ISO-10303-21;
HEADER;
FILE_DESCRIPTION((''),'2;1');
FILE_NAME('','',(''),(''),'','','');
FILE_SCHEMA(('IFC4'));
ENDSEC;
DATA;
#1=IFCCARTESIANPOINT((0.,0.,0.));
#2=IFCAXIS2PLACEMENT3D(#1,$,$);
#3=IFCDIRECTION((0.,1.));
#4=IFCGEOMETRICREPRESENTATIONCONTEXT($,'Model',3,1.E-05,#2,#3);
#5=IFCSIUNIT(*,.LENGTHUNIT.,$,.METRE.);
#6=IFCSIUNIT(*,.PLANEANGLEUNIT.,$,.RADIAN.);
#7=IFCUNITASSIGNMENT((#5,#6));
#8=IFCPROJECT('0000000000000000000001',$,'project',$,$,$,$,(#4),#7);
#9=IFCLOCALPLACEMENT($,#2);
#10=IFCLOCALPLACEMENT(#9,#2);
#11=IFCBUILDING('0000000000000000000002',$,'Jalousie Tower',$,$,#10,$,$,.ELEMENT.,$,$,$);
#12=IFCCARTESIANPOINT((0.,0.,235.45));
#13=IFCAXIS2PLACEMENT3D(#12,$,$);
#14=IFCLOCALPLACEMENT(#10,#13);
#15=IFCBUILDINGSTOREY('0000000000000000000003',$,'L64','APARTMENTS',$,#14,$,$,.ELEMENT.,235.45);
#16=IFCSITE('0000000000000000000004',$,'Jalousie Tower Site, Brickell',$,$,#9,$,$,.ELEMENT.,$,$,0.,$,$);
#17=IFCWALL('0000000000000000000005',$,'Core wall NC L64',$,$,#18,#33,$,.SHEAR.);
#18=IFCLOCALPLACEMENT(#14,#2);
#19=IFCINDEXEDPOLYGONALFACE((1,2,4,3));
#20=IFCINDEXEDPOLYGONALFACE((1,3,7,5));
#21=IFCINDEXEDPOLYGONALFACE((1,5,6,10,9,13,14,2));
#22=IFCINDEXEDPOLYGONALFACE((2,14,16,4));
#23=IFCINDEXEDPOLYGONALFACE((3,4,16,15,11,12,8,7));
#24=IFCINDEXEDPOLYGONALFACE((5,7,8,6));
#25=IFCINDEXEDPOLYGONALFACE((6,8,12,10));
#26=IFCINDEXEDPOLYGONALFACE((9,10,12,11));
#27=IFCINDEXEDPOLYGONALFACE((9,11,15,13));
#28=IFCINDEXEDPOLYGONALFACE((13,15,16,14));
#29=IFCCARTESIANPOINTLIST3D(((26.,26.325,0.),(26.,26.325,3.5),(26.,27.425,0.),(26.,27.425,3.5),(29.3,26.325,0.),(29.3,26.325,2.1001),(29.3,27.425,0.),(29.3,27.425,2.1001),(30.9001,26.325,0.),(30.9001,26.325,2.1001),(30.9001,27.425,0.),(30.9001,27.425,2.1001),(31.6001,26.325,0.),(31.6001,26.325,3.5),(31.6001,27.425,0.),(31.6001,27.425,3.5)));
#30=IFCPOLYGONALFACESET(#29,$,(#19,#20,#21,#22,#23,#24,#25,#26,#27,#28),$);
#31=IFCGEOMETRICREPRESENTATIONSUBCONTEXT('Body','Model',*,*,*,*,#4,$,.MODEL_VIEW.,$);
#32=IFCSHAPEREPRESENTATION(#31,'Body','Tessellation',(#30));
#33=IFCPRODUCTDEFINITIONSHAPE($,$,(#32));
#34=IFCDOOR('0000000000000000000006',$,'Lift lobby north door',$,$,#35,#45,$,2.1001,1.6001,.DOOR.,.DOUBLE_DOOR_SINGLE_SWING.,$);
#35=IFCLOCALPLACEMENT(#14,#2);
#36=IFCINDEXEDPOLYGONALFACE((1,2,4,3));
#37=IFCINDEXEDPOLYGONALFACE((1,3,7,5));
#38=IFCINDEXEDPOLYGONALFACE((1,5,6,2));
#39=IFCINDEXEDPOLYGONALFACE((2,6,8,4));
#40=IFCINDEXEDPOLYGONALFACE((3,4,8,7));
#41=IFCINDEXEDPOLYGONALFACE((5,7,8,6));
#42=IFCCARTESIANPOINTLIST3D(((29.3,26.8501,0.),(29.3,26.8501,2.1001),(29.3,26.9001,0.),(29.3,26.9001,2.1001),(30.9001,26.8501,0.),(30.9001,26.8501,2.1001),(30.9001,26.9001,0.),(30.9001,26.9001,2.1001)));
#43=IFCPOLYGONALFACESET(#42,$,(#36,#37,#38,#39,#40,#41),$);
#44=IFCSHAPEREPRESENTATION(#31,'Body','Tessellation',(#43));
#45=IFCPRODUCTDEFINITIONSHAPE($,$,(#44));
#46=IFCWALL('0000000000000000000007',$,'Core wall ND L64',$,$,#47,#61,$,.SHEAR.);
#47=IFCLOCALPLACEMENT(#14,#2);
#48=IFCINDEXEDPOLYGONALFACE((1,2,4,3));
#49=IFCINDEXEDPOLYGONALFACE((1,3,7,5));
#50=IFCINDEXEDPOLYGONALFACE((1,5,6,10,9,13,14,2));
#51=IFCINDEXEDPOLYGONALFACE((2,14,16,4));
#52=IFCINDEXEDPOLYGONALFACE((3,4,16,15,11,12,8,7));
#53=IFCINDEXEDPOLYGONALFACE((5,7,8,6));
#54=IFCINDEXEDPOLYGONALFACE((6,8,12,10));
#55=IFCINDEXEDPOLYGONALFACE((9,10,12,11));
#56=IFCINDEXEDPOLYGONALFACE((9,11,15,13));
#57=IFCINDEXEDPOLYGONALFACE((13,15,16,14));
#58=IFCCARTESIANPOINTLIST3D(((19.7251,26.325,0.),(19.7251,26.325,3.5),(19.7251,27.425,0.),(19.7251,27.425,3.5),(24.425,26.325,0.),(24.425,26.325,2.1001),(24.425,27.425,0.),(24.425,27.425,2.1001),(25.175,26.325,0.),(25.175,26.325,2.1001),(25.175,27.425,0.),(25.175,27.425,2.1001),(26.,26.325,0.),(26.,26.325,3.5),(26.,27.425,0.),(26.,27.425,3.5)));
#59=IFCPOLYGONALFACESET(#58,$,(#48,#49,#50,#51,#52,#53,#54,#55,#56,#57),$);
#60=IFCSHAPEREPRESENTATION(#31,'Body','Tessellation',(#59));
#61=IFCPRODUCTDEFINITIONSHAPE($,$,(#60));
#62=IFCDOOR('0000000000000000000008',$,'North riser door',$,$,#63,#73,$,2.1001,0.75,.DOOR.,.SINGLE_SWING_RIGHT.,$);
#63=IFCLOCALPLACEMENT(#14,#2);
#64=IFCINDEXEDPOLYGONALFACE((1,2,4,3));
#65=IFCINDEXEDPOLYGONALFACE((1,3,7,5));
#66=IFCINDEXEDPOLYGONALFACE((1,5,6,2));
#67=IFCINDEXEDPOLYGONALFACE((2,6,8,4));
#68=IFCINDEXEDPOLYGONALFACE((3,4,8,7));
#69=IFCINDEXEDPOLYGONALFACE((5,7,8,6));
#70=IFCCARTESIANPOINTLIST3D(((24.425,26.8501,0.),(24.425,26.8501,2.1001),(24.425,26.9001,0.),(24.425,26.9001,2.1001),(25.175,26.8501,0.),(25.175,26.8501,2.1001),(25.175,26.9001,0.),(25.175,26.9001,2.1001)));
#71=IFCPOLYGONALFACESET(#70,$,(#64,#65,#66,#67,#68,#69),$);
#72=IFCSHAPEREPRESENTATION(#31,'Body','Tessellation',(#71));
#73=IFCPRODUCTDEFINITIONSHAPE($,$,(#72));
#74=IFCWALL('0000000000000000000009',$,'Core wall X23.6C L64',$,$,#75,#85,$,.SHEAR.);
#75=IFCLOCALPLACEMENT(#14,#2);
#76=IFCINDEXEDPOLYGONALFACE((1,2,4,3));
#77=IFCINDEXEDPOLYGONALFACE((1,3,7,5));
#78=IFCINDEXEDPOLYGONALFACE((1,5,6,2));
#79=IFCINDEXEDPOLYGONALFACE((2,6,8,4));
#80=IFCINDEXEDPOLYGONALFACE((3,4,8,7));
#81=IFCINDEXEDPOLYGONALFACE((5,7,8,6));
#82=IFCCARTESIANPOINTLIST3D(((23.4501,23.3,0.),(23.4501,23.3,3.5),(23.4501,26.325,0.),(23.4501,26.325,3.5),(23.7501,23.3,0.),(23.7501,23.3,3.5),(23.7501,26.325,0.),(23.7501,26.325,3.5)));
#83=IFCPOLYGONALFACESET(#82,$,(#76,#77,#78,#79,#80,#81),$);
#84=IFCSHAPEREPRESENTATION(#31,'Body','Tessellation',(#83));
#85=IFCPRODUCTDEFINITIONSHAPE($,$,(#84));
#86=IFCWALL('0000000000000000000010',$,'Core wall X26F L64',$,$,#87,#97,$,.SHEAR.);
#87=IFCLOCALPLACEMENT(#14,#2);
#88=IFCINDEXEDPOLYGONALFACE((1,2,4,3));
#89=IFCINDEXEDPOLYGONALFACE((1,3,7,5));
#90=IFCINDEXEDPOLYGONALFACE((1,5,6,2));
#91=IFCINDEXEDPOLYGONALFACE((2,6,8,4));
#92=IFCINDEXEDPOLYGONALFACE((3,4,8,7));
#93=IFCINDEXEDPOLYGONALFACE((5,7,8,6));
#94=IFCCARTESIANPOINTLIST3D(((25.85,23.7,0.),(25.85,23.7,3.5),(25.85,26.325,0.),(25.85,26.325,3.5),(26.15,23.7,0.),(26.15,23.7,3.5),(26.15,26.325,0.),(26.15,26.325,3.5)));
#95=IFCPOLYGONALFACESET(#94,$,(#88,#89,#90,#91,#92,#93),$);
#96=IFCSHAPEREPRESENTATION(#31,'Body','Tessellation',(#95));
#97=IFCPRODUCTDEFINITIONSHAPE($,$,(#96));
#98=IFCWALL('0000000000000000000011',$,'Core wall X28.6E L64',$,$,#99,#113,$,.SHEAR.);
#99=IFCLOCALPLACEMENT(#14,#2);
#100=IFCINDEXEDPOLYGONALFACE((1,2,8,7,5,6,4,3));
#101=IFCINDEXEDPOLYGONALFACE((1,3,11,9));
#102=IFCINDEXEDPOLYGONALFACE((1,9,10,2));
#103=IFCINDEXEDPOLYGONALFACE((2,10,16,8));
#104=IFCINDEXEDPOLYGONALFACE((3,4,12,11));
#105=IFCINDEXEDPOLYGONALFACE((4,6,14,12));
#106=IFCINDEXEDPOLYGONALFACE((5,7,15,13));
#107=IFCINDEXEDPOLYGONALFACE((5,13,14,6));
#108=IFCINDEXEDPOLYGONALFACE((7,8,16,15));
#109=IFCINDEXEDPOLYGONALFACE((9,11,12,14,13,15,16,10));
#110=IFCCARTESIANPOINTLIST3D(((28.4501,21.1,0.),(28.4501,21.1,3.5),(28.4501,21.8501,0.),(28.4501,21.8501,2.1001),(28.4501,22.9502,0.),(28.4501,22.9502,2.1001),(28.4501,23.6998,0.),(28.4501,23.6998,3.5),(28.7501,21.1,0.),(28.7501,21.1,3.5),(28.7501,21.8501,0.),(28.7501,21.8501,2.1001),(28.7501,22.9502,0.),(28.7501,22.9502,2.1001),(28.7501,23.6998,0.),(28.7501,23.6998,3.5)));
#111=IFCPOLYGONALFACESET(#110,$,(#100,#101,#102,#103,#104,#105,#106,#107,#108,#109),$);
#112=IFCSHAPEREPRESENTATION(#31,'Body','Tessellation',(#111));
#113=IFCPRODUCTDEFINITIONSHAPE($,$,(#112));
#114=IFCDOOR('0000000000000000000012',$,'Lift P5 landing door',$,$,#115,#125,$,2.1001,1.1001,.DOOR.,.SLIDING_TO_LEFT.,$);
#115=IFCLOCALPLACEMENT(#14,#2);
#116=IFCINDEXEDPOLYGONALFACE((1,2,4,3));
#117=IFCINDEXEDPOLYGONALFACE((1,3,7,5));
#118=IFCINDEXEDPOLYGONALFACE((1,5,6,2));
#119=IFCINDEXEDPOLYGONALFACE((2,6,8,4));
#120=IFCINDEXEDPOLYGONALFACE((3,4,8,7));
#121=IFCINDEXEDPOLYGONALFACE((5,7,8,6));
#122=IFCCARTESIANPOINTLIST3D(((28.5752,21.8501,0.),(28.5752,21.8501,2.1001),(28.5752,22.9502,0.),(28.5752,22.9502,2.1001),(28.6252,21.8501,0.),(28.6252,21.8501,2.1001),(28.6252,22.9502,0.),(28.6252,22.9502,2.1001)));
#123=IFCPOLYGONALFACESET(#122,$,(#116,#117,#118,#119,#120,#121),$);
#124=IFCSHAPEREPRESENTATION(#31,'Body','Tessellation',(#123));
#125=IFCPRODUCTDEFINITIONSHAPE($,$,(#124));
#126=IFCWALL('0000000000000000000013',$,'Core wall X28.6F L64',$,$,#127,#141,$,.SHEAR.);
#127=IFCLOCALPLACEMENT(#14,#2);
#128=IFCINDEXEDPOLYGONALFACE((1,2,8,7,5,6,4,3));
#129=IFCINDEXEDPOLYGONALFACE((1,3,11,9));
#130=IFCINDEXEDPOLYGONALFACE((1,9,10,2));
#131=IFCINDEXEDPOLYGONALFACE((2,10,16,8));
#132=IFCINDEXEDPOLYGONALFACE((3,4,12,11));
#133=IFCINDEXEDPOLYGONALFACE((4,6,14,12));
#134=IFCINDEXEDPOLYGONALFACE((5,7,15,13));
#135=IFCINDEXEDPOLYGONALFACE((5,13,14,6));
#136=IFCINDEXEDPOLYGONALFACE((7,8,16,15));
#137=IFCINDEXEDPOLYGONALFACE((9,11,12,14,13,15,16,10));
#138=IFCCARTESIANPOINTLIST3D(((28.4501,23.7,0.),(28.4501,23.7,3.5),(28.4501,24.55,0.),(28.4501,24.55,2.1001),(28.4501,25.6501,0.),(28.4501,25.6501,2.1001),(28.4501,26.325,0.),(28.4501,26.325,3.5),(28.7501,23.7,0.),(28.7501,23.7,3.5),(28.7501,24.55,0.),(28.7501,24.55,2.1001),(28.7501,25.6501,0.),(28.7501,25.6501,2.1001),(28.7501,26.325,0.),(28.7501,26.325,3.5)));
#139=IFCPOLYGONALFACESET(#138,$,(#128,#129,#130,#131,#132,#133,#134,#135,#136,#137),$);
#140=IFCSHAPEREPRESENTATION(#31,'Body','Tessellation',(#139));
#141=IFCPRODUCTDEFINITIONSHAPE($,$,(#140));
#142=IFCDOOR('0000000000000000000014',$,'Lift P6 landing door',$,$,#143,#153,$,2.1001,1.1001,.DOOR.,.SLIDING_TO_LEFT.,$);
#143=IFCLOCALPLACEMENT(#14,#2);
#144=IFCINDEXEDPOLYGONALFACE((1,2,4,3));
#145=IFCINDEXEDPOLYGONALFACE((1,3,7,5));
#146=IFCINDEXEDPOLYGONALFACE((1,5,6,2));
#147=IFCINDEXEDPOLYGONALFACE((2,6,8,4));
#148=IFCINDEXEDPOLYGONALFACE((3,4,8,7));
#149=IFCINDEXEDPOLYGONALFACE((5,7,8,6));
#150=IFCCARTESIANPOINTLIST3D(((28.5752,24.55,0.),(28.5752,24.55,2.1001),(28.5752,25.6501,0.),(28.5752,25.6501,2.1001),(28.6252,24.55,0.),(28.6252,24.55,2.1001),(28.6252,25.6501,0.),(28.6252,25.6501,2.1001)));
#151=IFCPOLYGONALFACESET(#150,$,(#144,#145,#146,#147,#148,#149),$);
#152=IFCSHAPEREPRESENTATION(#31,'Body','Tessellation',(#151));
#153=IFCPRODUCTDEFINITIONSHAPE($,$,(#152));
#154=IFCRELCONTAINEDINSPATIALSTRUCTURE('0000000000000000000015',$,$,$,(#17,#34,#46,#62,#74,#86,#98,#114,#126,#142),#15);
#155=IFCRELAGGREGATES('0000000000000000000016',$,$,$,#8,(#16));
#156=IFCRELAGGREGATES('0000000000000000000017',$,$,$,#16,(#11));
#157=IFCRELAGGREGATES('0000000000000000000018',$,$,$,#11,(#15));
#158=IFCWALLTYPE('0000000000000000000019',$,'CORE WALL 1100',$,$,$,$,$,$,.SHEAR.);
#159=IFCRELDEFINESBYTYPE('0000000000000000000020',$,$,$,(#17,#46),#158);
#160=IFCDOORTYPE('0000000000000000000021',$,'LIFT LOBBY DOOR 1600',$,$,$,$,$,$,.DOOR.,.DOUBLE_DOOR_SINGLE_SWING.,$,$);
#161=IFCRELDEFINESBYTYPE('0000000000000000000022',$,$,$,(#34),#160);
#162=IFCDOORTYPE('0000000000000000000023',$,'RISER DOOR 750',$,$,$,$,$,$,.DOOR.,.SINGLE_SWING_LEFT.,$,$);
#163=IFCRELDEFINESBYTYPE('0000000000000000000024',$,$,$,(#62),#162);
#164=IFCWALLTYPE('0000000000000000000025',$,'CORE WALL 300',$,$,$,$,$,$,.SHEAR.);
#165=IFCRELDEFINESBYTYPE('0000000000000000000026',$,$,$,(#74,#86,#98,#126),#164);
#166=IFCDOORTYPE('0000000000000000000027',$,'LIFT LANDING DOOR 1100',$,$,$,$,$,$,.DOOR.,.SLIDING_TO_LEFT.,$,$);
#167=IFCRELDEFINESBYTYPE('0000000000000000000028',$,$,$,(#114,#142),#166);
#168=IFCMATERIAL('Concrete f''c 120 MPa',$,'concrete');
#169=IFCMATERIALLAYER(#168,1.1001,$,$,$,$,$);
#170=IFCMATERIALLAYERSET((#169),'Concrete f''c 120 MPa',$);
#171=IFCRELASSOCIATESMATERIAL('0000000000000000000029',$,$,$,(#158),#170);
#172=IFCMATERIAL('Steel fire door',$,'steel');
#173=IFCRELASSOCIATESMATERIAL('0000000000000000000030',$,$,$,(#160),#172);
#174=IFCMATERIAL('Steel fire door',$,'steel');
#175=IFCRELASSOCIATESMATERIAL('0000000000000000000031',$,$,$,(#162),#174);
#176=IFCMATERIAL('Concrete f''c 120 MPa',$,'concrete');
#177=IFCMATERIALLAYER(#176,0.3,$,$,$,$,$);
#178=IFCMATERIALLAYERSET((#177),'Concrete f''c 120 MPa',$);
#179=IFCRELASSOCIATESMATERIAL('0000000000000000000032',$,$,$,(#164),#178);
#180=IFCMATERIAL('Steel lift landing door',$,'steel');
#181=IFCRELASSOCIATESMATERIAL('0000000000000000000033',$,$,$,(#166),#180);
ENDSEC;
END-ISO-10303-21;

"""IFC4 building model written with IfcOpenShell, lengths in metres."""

from ifc_helpers import new_model, si_unit, direction, frame, frame_2d, origin, place, context, subcontext, project, spatial, rectangle, extrude, material, layer, layer_set, type_object, element, fill, save


model = new_model("IFC4")

# Units and contexts
model_context = context("Model", 3, precision=1e-05, world=origin(), true_north=direction((0.0, 1.0)))
body_context = subcontext(model_context, "Body", "Model", "MODEL_VIEW")
ifc_project = project(units=[si_unit("LENGTHUNIT", "METRE"), si_unit("PLANEANGLEUNIT", "RADIAN")], contexts=[model_context])

# Site, building, storey
site_placement = place(None, origin())
site = spatial("IfcSite", under=ifc_project, at=site_placement, Name="Jalousie Tower Site, Brickell", CompositionType="ELEMENT", RefElevation=0.0)
building_placement = place(site_placement, origin())
building = spatial("IfcBuilding", under=site, at=building_placement, Name="Jalousie Tower", CompositionType="ELEMENT")
storey_placement = place(building_placement, frame((0.0, 0.0, 235.45)))
storey = spatial("IfcBuildingStorey", under=building, at=storey_placement, Name="L64", Description="APARTMENTS", CompositionType="ELEMENT", Elevation=235.45)

# Walls, openings, doors
ifc_material_1 = material(Name="Concrete f'c 120 MPa", Category="concrete")
ifc_layer_1 = layer(ifc_material_1, 1.1001)
ifc_layer_set_1 = layer_set([ifc_layer_1], Name="Concrete f'c 120 MPa")
wall_type_1 = type_object("IfcWallType", Name="CORE WALL 1100", PredefinedType="SHEAR", material=ifc_layer_set_1)
wall_1_placement = place(storey_placement, frame((31.6001, 26.875, 0.0), z_axis=(0.0, 0.0, 1.0), x_axis=(-1.0, 0.0, 0.0)))
wall_1 = element("IfcWall", 1, at=wall_1_placement, inside=storey, type_object=wall_type_1, Name="Core wall NC L64", PredefinedType="SHEAR", context=body_context, shape_type="SweptSolid", body=[
    extrude(rectangle(XDim=5.6001, YDim=1.1001, at=frame_2d((2.8, 0.0))), origin(), (0.0, 0.0, 1.0), 3.5),
])
opening_1_placement = place(wall_1_placement, frame((0.7, 0.0, 0.0)))
opening_1 = element("IfcOpeningElement", 2, at=opening_1_placement, cuts=wall_1, PredefinedType="OPENING", context=body_context, shape_type="SweptSolid", body=[
    extrude(rectangle(XDim=1.6001, YDim=2.1001, at=frame_2d((0.8, 1.05))), frame((0.0, 0.5601, 0.0), z_axis=(0.0, -1.0, 0.0), x_axis=(1.0, 0.0, 0.0)), (0.0, 0.0, 1.0), 1.1201),
])
ifc_material_2 = material(Name="Steel fire door", Category="steel")
door_type_1 = type_object("IfcDoorType", Name="LIFT LOBBY DOOR 1600", OperationType="DOUBLE_DOOR_SINGLE_SWING", PredefinedType="DOOR", material=ifc_material_2)
door_1_placement = place(opening_1_placement, origin())
door_1 = element("IfcDoor", 3, at=door_1_placement, inside=storey, type_object=door_type_1, Name="Lift lobby north door", OperationType="DOUBLE_DOOR_SINGLE_SWING", OverallHeight=2.1001, OverallWidth=1.6001, PredefinedType="DOOR", context=body_context, shape_type="SweptSolid", body=[
    extrude(rectangle(XDim=1.6001, YDim=2.1001, at=frame_2d((0.8, 1.05))), frame((0.0, 0.0249, 0.0), z_axis=(0.0, -1.0, 0.0), x_axis=(1.0, 0.0, 0.0)), (0.0, 0.0, 1.0), 0.05),
])
fill(opening_1, door_1)
wall_2_placement = place(storey_placement, frame((26.0, 26.875, 0.0), z_axis=(0.0, 0.0, 1.0), x_axis=(-1.0, 0.0, 0.0)))
wall_2 = element("IfcWall", 4, at=wall_2_placement, inside=storey, type_object=wall_type_1, Name="Core wall ND L64", PredefinedType="SHEAR", context=body_context, shape_type="SweptSolid", body=[
    extrude(rectangle(XDim=6.2749, YDim=1.1001, at=frame_2d((3.1375, 0.0))), origin(), (0.0, 0.0, 1.0), 3.5),
])
opening_2_placement = place(wall_2_placement, frame((0.825, 0.0, 0.0)))
opening_2 = element("IfcOpeningElement", 5, at=opening_2_placement, cuts=wall_2, PredefinedType="OPENING", context=body_context, shape_type="SweptSolid", body=[
    extrude(rectangle(XDim=0.75, YDim=2.1001, at=frame_2d((0.375, 1.05))), frame((0.0, 0.5601, 0.0), z_axis=(0.0, -1.0, 0.0), x_axis=(1.0, 0.0, 0.0)), (0.0, 0.0, 1.0), 1.1201),
])
ifc_material_3 = material(Name="Steel fire door", Category="steel")
door_type_2 = type_object("IfcDoorType", Name="RISER DOOR 750", OperationType="SINGLE_SWING_LEFT", PredefinedType="DOOR", material=ifc_material_3)
door_2_placement = place(opening_2_placement, origin())
door_2 = element("IfcDoor", 6, at=door_2_placement, inside=storey, type_object=door_type_2, Name="North riser door", OperationType="SINGLE_SWING_RIGHT", OverallHeight=2.1001, OverallWidth=0.75, PredefinedType="DOOR", context=body_context, shape_type="SweptSolid", body=[
    extrude(rectangle(XDim=0.75, YDim=2.1001, at=frame_2d((0.375, 1.05))), frame((0.0, 0.0249, 0.0), z_axis=(0.0, -1.0, 0.0), x_axis=(1.0, 0.0, 0.0)), (0.0, 0.0, 1.0), 0.05),
])
fill(opening_2, door_2)

# Walls
ifc_material_4 = material(Name="Concrete f'c 120 MPa", Category="concrete")
ifc_layer_2 = layer(ifc_material_4, 0.3)
ifc_layer_set_2 = layer_set([ifc_layer_2], Name="Concrete f'c 120 MPa")
wall_type_2 = type_object("IfcWallType", Name="CORE WALL 300", PredefinedType="SHEAR", material=ifc_layer_set_2)
wall_3_placement = place(storey_placement, frame((23.6001, 23.3, 0.0), z_axis=(0.0, 0.0, 1.0), x_axis=(0.0, 1.0, 0.0)))
element("IfcWall", 7, at=wall_3_placement, inside=storey, type_object=wall_type_2, Name="Core wall X23.6C L64", PredefinedType="SHEAR", context=body_context, shape_type="SweptSolid", body=[
    extrude(rectangle(XDim=3.0249, YDim=0.3, at=frame_2d((1.5125, 0.0))), origin(), (0.0, 0.0, 1.0), 3.5),
])
wall_4_placement = place(storey_placement, frame((26.0, 23.7, 0.0), z_axis=(0.0, 0.0, 1.0), x_axis=(0.0, 1.0, 0.0)))
element("IfcWall", 8, at=wall_4_placement, inside=storey, type_object=wall_type_2, Name="Core wall X26F L64", PredefinedType="SHEAR", context=body_context, shape_type="SweptSolid", body=[
    extrude(rectangle(XDim=2.625, YDim=0.3, at=frame_2d((1.3125, 0.0))), origin(), (0.0, 0.0, 1.0), 3.5),
])

# Walls, openings, doors
wall_5_placement = place(storey_placement, frame((28.6001, 21.1001, 0.0), z_axis=(0.0, 0.0, 1.0), x_axis=(0.0, 1.0, 0.0)))
wall_5 = element("IfcWall", 9, at=wall_5_placement, inside=storey, type_object=wall_type_2, Name="Core wall X28.6E L64", PredefinedType="SHEAR", context=body_context, shape_type="SweptSolid", body=[
    extrude(rectangle(XDim=2.5999, YDim=0.3, at=frame_2d((1.2998, 0.0))), origin(), (0.0, 0.0, 1.0), 3.5),
])
opening_3_placement = place(wall_5_placement, frame((0.75, 0.0, 0.0)))
opening_3 = element("IfcOpeningElement", 10, at=opening_3_placement, cuts=wall_5, PredefinedType="OPENING", context=body_context, shape_type="SweptSolid", body=[
    extrude(rectangle(XDim=1.1001, YDim=2.1001, at=frame_2d((0.55, 1.05))), frame((0.0, 0.1599, 0.0), z_axis=(0.0, -1.0, 0.0), x_axis=(1.0, 0.0, 0.0)), (0.0, 0.0, 1.0), 0.3201),
])
ifc_material_5 = material(Name="Steel lift landing door", Category="steel")
door_type_3 = type_object("IfcDoorType", Name="LIFT LANDING DOOR 1100", OperationType="SLIDING_TO_LEFT", PredefinedType="DOOR", material=ifc_material_5)
door_3_placement = place(opening_3_placement, origin())
door_3 = element("IfcDoor", 11, at=door_3_placement, inside=storey, type_object=door_type_3, Name="Lift P5 landing door", OperationType="SLIDING_TO_LEFT", OverallHeight=2.1001, OverallWidth=1.1001, PredefinedType="DOOR", context=body_context, shape_type="SweptSolid", body=[
    extrude(rectangle(XDim=1.1001, YDim=2.1001, at=frame_2d((0.55, 1.05))), frame((0.0, 0.0249, 0.0), z_axis=(0.0, -1.0, 0.0), x_axis=(1.0, 0.0, 0.0)), (0.0, 0.0, 1.0), 0.05),
])
fill(opening_3, door_3)
wall_6_placement = place(storey_placement, frame((28.6001, 23.7, 0.0), z_axis=(0.0, 0.0, 1.0), x_axis=(0.0, 1.0, 0.0)))
wall_6 = element("IfcWall", 12, at=wall_6_placement, inside=storey, type_object=wall_type_2, Name="Core wall X28.6F L64", PredefinedType="SHEAR", context=body_context, shape_type="SweptSolid", body=[
    extrude(rectangle(XDim=2.625, YDim=0.3, at=frame_2d((1.3125, 0.0))), origin(), (0.0, 0.0, 1.0), 3.5),
])
opening_4_placement = place(wall_6_placement, frame((0.8501, 0.0, 0.0)))
opening_4 = element("IfcOpeningElement", 13, at=opening_4_placement, cuts=wall_6, PredefinedType="OPENING", context=body_context, shape_type="SweptSolid", body=[
    extrude(rectangle(XDim=1.1001, YDim=2.1001, at=frame_2d((0.55, 1.05))), frame((0.0, 0.1599, 0.0), z_axis=(0.0, -1.0, 0.0), x_axis=(1.0, 0.0, 0.0)), (0.0, 0.0, 1.0), 0.3201),
])
door_4_placement = place(opening_4_placement, origin())
door_4 = element("IfcDoor", 14, at=door_4_placement, inside=storey, type_object=door_type_3, Name="Lift P6 landing door", OperationType="SLIDING_TO_LEFT", OverallHeight=2.1001, OverallWidth=1.1001, PredefinedType="DOOR", context=body_context, shape_type="SweptSolid", body=[
    extrude(rectangle(XDim=1.1001, YDim=2.1001, at=frame_2d((0.55, 1.05))), frame((0.0, 0.0249, 0.0), z_axis=(0.0, -1.0, 0.0), x_axis=(1.0, 0.0, 0.0)), (0.0, 0.0, 1.0), 0.05),
])
fill(opening_4, door_4)

save(model, "model.ifc")
